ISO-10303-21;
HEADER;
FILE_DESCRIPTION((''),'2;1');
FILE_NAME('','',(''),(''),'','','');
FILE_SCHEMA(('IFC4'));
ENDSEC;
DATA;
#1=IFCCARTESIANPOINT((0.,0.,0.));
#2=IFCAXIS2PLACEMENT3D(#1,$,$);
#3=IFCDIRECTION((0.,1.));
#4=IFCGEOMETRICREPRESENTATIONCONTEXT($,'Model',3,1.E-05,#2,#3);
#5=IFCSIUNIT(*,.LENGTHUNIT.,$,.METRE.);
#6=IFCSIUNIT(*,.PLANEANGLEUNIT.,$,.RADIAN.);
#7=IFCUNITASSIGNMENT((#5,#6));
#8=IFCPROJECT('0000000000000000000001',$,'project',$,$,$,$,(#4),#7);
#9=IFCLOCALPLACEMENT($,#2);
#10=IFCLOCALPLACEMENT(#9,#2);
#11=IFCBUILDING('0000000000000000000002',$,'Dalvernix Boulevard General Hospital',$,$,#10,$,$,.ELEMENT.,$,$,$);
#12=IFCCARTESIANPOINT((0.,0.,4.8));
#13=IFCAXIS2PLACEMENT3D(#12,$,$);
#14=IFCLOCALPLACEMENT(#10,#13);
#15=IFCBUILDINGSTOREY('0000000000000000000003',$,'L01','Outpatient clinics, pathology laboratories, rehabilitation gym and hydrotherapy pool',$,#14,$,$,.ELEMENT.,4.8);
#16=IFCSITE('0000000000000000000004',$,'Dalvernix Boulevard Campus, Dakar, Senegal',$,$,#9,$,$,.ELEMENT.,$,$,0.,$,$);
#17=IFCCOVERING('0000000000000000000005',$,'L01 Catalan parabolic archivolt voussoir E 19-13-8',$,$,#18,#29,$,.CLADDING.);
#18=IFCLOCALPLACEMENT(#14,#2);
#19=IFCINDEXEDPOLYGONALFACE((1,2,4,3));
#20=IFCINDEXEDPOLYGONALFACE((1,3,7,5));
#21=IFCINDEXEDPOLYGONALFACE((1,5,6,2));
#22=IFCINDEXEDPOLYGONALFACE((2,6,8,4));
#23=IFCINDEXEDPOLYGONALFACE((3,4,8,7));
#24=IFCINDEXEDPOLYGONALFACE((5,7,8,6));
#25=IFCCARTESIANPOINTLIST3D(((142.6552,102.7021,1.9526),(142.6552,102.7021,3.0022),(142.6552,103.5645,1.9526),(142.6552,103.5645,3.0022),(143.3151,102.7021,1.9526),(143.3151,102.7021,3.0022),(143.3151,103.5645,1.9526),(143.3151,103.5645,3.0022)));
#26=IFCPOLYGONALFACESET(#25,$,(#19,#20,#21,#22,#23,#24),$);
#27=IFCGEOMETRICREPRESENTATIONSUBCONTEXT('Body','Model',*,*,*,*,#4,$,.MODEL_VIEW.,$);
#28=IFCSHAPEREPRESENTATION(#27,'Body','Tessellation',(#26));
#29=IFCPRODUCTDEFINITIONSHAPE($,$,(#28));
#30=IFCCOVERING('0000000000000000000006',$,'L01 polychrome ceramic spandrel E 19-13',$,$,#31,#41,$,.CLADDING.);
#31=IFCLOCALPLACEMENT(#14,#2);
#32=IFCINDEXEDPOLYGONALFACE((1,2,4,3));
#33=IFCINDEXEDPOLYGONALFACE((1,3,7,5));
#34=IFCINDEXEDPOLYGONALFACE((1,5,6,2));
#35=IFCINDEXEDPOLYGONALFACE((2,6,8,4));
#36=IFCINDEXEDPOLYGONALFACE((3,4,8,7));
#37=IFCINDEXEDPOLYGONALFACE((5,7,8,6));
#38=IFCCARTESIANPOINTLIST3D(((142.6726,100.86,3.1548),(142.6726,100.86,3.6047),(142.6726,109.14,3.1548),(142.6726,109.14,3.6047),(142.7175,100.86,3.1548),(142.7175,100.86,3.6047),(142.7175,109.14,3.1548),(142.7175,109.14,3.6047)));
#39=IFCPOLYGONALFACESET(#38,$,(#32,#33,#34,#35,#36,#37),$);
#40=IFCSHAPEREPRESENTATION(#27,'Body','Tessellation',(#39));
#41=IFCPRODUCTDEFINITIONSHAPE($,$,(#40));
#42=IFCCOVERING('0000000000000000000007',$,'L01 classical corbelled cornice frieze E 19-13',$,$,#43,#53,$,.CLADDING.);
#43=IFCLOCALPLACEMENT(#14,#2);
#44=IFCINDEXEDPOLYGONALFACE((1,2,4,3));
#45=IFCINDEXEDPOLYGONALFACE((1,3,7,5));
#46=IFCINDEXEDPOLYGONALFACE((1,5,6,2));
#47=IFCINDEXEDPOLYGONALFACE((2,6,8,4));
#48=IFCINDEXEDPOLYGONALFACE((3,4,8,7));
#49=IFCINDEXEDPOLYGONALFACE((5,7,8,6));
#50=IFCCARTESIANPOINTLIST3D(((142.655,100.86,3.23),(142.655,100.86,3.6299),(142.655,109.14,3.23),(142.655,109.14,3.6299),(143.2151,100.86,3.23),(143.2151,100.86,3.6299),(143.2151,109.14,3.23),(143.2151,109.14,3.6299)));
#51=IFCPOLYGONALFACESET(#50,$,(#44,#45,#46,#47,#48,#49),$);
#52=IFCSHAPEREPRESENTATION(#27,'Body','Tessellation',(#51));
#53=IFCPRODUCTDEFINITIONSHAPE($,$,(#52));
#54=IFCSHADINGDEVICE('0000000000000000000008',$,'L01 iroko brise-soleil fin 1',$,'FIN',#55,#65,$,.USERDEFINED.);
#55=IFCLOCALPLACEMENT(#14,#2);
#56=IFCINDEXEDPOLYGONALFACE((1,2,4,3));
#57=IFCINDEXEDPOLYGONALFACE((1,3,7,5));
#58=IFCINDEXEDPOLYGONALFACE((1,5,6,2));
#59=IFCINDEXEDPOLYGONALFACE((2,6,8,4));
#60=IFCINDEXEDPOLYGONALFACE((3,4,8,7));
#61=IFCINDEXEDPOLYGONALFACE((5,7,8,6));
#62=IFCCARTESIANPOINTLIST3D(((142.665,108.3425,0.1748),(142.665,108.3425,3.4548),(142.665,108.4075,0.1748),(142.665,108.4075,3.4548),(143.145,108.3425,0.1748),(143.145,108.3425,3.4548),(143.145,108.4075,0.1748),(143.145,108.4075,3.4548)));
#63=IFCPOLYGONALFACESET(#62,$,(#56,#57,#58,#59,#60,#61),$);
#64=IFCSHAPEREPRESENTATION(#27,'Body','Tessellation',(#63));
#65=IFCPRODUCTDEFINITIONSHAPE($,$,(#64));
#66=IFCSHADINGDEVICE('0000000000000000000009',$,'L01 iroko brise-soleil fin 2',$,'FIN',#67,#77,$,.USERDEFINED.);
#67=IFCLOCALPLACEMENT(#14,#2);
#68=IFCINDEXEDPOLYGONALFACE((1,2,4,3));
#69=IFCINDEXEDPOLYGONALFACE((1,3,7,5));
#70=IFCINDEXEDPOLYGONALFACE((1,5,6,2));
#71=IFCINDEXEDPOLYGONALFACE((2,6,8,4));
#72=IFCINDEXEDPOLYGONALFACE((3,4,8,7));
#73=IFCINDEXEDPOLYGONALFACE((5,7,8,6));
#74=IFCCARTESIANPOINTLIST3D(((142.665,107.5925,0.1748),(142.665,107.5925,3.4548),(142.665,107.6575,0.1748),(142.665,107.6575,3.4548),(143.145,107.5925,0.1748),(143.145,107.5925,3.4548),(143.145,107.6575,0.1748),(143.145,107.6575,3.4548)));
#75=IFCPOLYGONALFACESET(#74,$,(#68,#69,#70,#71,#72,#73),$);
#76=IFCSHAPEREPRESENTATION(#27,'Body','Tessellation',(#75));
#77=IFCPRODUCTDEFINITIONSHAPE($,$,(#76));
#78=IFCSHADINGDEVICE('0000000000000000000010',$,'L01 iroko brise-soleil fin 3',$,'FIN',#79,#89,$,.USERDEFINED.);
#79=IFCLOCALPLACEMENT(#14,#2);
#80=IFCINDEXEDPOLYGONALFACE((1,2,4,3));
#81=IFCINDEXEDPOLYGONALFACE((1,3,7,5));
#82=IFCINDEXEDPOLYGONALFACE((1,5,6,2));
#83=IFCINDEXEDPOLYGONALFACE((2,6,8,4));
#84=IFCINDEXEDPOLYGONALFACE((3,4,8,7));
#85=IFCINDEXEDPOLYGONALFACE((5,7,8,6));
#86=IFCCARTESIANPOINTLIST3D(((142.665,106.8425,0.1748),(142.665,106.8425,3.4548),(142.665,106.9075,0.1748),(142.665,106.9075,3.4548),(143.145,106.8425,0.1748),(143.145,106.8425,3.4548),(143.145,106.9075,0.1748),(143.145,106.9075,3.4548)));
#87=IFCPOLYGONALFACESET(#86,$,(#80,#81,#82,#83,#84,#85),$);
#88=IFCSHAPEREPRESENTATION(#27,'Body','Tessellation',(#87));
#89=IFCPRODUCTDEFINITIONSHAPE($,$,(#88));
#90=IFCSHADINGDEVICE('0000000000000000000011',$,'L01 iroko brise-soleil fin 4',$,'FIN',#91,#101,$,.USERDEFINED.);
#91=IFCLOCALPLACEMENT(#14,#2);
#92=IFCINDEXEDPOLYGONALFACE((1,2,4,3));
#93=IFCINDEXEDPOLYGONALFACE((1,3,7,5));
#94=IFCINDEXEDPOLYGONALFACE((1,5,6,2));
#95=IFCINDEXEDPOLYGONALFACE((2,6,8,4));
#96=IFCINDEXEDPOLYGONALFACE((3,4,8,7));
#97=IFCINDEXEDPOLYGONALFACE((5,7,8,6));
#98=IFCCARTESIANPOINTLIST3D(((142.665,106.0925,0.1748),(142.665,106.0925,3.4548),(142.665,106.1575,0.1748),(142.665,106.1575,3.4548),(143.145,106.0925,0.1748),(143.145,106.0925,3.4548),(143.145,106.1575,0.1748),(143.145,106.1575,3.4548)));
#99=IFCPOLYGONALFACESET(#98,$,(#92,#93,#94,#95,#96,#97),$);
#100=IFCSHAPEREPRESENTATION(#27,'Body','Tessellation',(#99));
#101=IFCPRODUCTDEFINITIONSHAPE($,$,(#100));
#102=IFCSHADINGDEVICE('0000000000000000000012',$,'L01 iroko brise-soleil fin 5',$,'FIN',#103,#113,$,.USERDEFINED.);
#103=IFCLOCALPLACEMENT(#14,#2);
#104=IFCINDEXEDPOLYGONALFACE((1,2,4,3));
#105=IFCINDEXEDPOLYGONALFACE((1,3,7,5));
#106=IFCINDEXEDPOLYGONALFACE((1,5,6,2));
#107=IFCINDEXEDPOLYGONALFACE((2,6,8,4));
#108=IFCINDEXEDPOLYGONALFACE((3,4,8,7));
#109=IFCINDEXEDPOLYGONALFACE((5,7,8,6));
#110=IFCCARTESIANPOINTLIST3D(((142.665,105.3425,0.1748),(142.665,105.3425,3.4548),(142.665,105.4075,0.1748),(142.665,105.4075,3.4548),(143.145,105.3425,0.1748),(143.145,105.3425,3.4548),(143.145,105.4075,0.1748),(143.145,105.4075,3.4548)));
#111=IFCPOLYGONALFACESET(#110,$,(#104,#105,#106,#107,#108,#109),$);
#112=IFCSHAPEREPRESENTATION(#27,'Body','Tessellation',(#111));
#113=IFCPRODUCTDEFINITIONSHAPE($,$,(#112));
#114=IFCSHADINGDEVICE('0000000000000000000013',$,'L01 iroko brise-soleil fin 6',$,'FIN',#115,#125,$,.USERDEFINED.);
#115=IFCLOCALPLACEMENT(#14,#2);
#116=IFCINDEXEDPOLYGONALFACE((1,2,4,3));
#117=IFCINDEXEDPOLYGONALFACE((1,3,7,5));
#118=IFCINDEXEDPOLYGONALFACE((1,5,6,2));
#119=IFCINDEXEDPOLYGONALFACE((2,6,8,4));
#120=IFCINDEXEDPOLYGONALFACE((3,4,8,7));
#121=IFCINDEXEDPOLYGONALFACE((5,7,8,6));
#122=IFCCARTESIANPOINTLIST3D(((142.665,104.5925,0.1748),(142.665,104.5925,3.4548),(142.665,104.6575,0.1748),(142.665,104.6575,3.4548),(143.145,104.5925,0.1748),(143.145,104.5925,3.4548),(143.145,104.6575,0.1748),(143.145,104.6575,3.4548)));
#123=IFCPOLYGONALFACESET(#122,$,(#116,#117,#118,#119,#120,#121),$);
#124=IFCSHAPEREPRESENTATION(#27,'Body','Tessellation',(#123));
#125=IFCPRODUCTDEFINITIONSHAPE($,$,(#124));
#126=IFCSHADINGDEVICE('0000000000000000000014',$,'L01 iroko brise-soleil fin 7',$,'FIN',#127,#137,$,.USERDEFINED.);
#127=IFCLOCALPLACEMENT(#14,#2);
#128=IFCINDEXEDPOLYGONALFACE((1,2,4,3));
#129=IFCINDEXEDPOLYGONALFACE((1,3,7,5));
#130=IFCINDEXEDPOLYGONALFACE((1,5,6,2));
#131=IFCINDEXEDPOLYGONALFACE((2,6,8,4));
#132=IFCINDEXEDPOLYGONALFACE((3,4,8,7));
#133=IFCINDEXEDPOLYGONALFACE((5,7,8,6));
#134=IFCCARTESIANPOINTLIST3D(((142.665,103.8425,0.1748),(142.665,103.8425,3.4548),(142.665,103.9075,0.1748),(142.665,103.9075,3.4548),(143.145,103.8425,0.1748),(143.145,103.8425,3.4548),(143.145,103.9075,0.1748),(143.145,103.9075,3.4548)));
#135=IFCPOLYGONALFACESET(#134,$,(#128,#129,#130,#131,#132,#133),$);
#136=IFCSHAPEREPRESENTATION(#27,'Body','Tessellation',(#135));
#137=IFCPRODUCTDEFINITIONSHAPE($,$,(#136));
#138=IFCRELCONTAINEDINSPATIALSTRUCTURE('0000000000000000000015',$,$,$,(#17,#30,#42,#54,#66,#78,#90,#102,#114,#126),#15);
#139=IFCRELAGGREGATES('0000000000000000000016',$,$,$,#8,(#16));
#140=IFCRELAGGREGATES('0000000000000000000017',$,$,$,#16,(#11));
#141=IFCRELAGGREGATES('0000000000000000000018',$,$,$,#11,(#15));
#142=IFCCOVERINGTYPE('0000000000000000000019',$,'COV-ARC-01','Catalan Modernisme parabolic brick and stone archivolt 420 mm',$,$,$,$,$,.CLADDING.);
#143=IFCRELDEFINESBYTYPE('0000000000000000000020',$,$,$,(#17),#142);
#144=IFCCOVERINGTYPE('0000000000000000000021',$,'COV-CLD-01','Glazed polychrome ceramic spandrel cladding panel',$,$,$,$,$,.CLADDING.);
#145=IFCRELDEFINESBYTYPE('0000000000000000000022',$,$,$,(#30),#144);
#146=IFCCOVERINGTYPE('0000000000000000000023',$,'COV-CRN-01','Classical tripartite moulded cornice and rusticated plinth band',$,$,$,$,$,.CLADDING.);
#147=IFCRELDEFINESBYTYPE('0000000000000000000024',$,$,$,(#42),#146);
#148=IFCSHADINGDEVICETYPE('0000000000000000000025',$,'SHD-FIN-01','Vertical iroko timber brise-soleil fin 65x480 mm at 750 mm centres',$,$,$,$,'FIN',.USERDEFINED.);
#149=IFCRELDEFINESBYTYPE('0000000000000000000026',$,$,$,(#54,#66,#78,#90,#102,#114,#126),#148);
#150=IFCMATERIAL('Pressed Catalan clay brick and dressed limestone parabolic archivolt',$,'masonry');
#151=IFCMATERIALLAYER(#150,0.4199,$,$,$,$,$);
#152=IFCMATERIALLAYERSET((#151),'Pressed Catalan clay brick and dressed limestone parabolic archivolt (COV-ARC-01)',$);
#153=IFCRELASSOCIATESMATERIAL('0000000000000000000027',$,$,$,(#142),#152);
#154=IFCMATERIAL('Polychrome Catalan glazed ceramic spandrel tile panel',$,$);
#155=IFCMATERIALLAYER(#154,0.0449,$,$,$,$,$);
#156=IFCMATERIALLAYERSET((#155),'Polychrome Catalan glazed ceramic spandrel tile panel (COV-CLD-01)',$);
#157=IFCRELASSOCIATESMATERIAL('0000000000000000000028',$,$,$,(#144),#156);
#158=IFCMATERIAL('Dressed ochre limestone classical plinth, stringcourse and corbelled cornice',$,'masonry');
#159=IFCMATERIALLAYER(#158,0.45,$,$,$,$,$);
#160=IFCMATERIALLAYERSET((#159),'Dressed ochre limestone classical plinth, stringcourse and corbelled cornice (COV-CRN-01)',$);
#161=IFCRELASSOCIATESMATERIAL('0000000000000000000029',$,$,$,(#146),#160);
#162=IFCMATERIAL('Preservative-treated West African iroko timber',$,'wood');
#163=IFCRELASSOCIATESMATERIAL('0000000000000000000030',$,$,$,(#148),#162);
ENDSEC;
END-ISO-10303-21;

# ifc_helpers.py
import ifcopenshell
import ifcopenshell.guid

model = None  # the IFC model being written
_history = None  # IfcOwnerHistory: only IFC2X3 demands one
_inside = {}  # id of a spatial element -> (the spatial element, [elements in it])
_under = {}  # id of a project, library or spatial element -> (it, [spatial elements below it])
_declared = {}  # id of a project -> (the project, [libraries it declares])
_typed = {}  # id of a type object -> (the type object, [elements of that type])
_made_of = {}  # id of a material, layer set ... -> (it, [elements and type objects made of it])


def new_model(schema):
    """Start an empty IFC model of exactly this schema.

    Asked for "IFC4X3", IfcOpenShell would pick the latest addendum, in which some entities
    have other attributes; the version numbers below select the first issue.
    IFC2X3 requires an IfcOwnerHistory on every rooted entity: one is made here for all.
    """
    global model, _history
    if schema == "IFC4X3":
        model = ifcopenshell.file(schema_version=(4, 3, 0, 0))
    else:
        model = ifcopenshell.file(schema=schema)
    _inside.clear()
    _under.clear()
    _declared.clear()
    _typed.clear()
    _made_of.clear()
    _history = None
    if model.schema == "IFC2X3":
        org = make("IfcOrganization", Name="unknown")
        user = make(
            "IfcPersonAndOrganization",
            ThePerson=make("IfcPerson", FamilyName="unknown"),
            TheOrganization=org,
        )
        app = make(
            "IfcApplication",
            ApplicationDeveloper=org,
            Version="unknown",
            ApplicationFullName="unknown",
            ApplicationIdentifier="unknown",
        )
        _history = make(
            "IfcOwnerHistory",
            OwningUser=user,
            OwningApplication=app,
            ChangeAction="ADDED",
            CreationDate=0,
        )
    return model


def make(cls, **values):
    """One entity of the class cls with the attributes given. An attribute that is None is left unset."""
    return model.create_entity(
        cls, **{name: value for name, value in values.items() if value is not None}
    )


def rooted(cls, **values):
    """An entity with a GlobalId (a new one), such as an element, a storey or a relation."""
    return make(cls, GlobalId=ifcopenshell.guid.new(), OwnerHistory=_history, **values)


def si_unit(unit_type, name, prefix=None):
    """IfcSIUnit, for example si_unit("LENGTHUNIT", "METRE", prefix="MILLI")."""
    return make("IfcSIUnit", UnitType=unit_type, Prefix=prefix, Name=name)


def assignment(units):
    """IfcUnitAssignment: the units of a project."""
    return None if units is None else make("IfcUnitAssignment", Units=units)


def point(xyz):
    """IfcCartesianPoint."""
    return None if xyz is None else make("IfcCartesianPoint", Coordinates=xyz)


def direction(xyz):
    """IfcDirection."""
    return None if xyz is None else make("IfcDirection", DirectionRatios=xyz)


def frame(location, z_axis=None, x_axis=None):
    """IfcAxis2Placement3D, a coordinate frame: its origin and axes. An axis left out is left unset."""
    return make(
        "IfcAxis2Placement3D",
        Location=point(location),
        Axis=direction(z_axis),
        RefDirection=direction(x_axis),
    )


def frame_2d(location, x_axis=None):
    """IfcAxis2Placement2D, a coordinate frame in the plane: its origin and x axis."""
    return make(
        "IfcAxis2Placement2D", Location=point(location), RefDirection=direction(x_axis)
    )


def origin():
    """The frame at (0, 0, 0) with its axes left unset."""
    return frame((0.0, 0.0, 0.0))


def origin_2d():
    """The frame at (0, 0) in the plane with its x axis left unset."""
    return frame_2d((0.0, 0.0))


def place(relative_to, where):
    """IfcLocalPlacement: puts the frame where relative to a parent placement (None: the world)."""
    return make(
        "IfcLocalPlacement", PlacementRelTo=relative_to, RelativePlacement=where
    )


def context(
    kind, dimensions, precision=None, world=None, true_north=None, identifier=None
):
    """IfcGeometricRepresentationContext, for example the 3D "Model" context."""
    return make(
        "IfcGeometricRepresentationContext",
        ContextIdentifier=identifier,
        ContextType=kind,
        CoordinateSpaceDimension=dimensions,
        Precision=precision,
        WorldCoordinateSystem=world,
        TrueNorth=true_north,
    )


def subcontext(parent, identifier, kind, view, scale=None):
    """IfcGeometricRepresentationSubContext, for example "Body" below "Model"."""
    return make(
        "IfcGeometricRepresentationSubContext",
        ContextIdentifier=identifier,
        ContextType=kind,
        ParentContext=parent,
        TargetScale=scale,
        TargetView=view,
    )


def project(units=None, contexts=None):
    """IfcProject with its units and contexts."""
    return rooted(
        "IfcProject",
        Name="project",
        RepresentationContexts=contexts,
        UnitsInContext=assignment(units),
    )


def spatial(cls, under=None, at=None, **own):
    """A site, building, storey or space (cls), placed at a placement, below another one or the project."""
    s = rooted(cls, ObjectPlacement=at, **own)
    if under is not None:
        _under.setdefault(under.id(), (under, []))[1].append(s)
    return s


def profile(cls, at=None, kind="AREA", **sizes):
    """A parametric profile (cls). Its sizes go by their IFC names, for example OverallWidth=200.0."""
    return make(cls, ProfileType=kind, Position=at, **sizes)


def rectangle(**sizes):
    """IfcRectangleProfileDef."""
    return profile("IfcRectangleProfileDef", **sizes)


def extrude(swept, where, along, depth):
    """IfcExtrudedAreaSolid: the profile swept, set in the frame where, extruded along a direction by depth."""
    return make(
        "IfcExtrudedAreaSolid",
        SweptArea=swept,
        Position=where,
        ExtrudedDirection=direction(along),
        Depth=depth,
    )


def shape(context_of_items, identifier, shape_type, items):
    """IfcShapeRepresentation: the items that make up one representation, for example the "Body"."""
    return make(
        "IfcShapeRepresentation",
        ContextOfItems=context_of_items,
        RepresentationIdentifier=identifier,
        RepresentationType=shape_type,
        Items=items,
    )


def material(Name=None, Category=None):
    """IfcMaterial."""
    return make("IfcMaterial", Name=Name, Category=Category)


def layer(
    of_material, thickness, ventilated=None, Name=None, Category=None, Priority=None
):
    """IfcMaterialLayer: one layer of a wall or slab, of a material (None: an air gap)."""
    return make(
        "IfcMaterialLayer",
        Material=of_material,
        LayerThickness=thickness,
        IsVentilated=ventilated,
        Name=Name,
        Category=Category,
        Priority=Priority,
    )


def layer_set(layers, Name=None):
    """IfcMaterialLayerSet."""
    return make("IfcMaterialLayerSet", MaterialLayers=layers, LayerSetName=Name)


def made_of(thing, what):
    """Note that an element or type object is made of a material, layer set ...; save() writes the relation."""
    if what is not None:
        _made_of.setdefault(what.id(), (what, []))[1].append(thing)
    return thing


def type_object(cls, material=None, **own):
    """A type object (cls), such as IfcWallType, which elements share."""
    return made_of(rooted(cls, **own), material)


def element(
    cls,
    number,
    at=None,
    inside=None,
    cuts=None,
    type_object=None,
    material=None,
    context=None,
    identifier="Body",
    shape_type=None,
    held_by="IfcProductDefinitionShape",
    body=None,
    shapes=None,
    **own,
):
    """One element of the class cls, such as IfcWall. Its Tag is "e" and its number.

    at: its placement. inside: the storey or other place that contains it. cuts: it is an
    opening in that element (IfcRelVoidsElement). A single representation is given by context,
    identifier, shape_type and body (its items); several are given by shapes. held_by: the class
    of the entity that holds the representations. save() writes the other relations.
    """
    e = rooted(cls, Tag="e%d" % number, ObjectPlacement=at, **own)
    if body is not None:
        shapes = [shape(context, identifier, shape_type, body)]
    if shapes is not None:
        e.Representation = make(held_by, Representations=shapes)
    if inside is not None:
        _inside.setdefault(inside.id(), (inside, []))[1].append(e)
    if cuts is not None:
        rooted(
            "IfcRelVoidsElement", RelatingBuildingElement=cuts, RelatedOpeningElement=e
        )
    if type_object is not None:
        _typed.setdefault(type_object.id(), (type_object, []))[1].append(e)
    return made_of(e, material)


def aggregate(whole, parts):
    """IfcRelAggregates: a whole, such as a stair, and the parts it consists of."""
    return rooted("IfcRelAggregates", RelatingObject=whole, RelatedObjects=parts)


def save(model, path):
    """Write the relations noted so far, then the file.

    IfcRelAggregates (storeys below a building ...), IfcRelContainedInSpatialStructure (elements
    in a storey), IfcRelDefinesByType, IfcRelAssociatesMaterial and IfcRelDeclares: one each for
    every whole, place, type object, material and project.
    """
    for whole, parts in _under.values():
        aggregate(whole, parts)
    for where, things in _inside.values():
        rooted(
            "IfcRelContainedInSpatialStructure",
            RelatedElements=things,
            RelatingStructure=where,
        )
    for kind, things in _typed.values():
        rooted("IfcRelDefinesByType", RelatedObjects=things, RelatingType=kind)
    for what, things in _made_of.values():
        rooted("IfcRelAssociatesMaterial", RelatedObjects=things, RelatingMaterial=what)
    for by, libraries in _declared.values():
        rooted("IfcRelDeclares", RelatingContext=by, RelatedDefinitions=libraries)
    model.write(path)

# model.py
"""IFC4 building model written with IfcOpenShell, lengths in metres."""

from ifc_helpers import new_model, si_unit, direction, frame, origin, origin_2d, place, context, subcontext, project, spatial, rectangle, extrude, material, layer, layer_set, type_object, element, save


model = new_model("IFC4")

# Units and contexts
model_context = context("Model", 3, precision=1e-05, world=origin(), true_north=direction((0.0, 1.0)))
body_context = subcontext(model_context, "Body", "Model", "MODEL_VIEW")
ifc_project = project(units=[si_unit("LENGTHUNIT", "METRE"), si_unit("PLANEANGLEUNIT", "RADIAN")], contexts=[model_context])

# Site, building, storey
site_placement = place(None, origin())
site = spatial("IfcSite", under=ifc_project, at=site_placement, Name="Dalvernix Boulevard Campus, Dakar, Senegal", CompositionType="ELEMENT", RefElevation=0.0)
building_placement = place(site_placement, origin())
building = spatial("IfcBuilding", under=site, at=building_placement, Name="Dalvernix Boulevard General Hospital", CompositionType="ELEMENT")
storey_placement = place(building_placement, frame((0.0, 0.0, 4.8)))
storey = spatial("IfcBuildingStorey", under=building, at=storey_placement, Name="L01", Description="Outpatient clinics, pathology laboratories, rehabilitation gym and hydrotherapy pool", CompositionType="ELEMENT", Elevation=4.8)

# Coverings
ifc_material_1 = material(Name="Pressed Catalan clay brick and dressed limestone parabolic archivolt", Category="masonry")
ifc_layer_1 = layer(ifc_material_1, 0.4199)
ifc_layer_set_1 = layer_set([ifc_layer_1], Name="Pressed Catalan clay brick and dressed limestone parabolic archivolt (COV-ARC-01)")
covering_type_1 = type_object("IfcCoveringType", Name="COV-ARC-01", Description="Catalan Modernisme parabolic brick and stone archivolt 420 mm", PredefinedType="CLADDING", material=ifc_layer_set_1)
covering_1_placement = place(storey_placement, frame((142.9851, 103.1333, 1.9526), z_axis=(0.0, 0.0, 1.0), x_axis=(0.0, -1.0, 0.0)))
element("IfcCovering", 1, at=covering_1_placement, inside=storey, type_object=covering_type_1, Name="L01 Catalan parabolic archivolt voussoir E 19-13-8", PredefinedType="CLADDING", context=body_context, shape_type="SweptSolid", body=[
    extrude(rectangle(XDim=0.8623, YDim=0.6599, at=origin_2d()), origin(), (0.0, 0.0, 1.0), 1.0496),
])
ifc_material_2 = material(Name="Polychrome Catalan glazed ceramic spandrel tile panel")
ifc_layer_2 = layer(ifc_material_2, 0.0449)
ifc_layer_set_2 = layer_set([ifc_layer_2], Name="Polychrome Catalan glazed ceramic spandrel tile panel (COV-CLD-01)")
covering_type_2 = type_object("IfcCoveringType", Name="COV-CLD-01", Description="Glazed polychrome ceramic spandrel cladding panel", PredefinedType="CLADDING", material=ifc_layer_set_2)
covering_2_placement = place(storey_placement, frame((142.6951, 105.0, 3.1548), z_axis=(0.0, 0.0, 1.0), x_axis=(0.0, -1.0, 0.0)))
element("IfcCovering", 2, at=covering_2_placement, inside=storey, type_object=covering_type_2, Name="L01 polychrome ceramic spandrel E 19-13", PredefinedType="CLADDING", context=body_context, shape_type="SweptSolid", body=[
    extrude(rectangle(XDim=8.28, YDim=0.0449, at=origin_2d()), origin(), (0.0, 0.0, 1.0), 0.45),
])
ifc_material_3 = material(Name="Dressed ochre limestone classical plinth, stringcourse and corbelled cornice", Category="masonry")
ifc_layer_3 = layer(ifc_material_3, 0.45)
ifc_layer_set_3 = layer_set([ifc_layer_3], Name="Dressed ochre limestone classical plinth, stringcourse and corbelled cornice (COV-CRN-01)")
covering_type_3 = type_object("IfcCoveringType", Name="COV-CRN-01", Description="Classical tripartite moulded cornice and rusticated plinth band", PredefinedType="CLADDING", material=ifc_layer_set_3)
covering_3_placement = place(storey_placement, frame((142.9351, 105.0, 3.23), z_axis=(0.0, 0.0, 1.0), x_axis=(0.0, -1.0, 0.0)))
element("IfcCovering", 3, at=covering_3_placement, inside=storey, type_object=covering_type_3, Name="L01 classical corbelled cornice frieze E 19-13", PredefinedType="CLADDING", context=body_context, shape_type="SweptSolid", body=[
    extrude(rectangle(XDim=8.28, YDim=0.5601, at=origin_2d()), origin(), (0.0, 0.0, 1.0), 0.3999),
])

# Shading devices
ifc_material_4 = material(Name="Preservative-treated West African iroko timber", Category="wood")
shading_device_type = type_object("IfcShadingDeviceType", Name="SHD-FIN-01", Description="Vertical iroko timber brise-soleil fin 65x480 mm at 750 mm centres", ElementType="FIN", PredefinedType="USERDEFINED", material=ifc_material_4)
for number, where, z_axis, x_axis, name in (
    (4, (142.905, 108.375, 0.1748), (0.0, 0.0, 1.0), (0.0, -1.0, 0.0), "L01 iroko brise-soleil fin 1"),
    (5, (142.905, 107.625, 0.1748), (0.0, 0.0, 1.0), (0.0, -1.0, 0.0), "L01 iroko brise-soleil fin 2"),
    (6, (142.905, 106.875, 0.1748), (0.0, 0.0, 1.0), (0.0, -1.0, 0.0), "L01 iroko brise-soleil fin 3"),
    (7, (142.905, 106.125, 0.1748), (0.0, 0.0, 1.0), (0.0, -1.0, 0.0), "L01 iroko brise-soleil fin 4"),
    (8, (142.905, 105.375, 0.1748), (0.0, 0.0, 1.0), (0.0, -1.0, 0.0), "L01 iroko brise-soleil fin 5"),
    (9, (142.905, 104.625, 0.1748), (0.0, 0.0, 1.0), (0.0, -1.0, 0.0), "L01 iroko brise-soleil fin 6"),
    (10, (142.905, 103.875, 0.1748), (0.0, 0.0, 1.0), (0.0, -1.0, 0.0), "L01 iroko brise-soleil fin 7"),
):
    element("IfcShadingDevice", number, at=place(storey_placement, frame(where, z_axis=z_axis, x_axis=x_axis)), inside=storey, type_object=shading_device_type, Name=name, ObjectType="FIN", PredefinedType="USERDEFINED", context=body_context, shape_type="SweptSolid", body=[
        extrude(rectangle(XDim=0.0649, YDim=0.48, at=origin_2d()), origin(), (0.0, 0.0, 1.0), 3.28),
    ])

save(model, "model.ifc")
